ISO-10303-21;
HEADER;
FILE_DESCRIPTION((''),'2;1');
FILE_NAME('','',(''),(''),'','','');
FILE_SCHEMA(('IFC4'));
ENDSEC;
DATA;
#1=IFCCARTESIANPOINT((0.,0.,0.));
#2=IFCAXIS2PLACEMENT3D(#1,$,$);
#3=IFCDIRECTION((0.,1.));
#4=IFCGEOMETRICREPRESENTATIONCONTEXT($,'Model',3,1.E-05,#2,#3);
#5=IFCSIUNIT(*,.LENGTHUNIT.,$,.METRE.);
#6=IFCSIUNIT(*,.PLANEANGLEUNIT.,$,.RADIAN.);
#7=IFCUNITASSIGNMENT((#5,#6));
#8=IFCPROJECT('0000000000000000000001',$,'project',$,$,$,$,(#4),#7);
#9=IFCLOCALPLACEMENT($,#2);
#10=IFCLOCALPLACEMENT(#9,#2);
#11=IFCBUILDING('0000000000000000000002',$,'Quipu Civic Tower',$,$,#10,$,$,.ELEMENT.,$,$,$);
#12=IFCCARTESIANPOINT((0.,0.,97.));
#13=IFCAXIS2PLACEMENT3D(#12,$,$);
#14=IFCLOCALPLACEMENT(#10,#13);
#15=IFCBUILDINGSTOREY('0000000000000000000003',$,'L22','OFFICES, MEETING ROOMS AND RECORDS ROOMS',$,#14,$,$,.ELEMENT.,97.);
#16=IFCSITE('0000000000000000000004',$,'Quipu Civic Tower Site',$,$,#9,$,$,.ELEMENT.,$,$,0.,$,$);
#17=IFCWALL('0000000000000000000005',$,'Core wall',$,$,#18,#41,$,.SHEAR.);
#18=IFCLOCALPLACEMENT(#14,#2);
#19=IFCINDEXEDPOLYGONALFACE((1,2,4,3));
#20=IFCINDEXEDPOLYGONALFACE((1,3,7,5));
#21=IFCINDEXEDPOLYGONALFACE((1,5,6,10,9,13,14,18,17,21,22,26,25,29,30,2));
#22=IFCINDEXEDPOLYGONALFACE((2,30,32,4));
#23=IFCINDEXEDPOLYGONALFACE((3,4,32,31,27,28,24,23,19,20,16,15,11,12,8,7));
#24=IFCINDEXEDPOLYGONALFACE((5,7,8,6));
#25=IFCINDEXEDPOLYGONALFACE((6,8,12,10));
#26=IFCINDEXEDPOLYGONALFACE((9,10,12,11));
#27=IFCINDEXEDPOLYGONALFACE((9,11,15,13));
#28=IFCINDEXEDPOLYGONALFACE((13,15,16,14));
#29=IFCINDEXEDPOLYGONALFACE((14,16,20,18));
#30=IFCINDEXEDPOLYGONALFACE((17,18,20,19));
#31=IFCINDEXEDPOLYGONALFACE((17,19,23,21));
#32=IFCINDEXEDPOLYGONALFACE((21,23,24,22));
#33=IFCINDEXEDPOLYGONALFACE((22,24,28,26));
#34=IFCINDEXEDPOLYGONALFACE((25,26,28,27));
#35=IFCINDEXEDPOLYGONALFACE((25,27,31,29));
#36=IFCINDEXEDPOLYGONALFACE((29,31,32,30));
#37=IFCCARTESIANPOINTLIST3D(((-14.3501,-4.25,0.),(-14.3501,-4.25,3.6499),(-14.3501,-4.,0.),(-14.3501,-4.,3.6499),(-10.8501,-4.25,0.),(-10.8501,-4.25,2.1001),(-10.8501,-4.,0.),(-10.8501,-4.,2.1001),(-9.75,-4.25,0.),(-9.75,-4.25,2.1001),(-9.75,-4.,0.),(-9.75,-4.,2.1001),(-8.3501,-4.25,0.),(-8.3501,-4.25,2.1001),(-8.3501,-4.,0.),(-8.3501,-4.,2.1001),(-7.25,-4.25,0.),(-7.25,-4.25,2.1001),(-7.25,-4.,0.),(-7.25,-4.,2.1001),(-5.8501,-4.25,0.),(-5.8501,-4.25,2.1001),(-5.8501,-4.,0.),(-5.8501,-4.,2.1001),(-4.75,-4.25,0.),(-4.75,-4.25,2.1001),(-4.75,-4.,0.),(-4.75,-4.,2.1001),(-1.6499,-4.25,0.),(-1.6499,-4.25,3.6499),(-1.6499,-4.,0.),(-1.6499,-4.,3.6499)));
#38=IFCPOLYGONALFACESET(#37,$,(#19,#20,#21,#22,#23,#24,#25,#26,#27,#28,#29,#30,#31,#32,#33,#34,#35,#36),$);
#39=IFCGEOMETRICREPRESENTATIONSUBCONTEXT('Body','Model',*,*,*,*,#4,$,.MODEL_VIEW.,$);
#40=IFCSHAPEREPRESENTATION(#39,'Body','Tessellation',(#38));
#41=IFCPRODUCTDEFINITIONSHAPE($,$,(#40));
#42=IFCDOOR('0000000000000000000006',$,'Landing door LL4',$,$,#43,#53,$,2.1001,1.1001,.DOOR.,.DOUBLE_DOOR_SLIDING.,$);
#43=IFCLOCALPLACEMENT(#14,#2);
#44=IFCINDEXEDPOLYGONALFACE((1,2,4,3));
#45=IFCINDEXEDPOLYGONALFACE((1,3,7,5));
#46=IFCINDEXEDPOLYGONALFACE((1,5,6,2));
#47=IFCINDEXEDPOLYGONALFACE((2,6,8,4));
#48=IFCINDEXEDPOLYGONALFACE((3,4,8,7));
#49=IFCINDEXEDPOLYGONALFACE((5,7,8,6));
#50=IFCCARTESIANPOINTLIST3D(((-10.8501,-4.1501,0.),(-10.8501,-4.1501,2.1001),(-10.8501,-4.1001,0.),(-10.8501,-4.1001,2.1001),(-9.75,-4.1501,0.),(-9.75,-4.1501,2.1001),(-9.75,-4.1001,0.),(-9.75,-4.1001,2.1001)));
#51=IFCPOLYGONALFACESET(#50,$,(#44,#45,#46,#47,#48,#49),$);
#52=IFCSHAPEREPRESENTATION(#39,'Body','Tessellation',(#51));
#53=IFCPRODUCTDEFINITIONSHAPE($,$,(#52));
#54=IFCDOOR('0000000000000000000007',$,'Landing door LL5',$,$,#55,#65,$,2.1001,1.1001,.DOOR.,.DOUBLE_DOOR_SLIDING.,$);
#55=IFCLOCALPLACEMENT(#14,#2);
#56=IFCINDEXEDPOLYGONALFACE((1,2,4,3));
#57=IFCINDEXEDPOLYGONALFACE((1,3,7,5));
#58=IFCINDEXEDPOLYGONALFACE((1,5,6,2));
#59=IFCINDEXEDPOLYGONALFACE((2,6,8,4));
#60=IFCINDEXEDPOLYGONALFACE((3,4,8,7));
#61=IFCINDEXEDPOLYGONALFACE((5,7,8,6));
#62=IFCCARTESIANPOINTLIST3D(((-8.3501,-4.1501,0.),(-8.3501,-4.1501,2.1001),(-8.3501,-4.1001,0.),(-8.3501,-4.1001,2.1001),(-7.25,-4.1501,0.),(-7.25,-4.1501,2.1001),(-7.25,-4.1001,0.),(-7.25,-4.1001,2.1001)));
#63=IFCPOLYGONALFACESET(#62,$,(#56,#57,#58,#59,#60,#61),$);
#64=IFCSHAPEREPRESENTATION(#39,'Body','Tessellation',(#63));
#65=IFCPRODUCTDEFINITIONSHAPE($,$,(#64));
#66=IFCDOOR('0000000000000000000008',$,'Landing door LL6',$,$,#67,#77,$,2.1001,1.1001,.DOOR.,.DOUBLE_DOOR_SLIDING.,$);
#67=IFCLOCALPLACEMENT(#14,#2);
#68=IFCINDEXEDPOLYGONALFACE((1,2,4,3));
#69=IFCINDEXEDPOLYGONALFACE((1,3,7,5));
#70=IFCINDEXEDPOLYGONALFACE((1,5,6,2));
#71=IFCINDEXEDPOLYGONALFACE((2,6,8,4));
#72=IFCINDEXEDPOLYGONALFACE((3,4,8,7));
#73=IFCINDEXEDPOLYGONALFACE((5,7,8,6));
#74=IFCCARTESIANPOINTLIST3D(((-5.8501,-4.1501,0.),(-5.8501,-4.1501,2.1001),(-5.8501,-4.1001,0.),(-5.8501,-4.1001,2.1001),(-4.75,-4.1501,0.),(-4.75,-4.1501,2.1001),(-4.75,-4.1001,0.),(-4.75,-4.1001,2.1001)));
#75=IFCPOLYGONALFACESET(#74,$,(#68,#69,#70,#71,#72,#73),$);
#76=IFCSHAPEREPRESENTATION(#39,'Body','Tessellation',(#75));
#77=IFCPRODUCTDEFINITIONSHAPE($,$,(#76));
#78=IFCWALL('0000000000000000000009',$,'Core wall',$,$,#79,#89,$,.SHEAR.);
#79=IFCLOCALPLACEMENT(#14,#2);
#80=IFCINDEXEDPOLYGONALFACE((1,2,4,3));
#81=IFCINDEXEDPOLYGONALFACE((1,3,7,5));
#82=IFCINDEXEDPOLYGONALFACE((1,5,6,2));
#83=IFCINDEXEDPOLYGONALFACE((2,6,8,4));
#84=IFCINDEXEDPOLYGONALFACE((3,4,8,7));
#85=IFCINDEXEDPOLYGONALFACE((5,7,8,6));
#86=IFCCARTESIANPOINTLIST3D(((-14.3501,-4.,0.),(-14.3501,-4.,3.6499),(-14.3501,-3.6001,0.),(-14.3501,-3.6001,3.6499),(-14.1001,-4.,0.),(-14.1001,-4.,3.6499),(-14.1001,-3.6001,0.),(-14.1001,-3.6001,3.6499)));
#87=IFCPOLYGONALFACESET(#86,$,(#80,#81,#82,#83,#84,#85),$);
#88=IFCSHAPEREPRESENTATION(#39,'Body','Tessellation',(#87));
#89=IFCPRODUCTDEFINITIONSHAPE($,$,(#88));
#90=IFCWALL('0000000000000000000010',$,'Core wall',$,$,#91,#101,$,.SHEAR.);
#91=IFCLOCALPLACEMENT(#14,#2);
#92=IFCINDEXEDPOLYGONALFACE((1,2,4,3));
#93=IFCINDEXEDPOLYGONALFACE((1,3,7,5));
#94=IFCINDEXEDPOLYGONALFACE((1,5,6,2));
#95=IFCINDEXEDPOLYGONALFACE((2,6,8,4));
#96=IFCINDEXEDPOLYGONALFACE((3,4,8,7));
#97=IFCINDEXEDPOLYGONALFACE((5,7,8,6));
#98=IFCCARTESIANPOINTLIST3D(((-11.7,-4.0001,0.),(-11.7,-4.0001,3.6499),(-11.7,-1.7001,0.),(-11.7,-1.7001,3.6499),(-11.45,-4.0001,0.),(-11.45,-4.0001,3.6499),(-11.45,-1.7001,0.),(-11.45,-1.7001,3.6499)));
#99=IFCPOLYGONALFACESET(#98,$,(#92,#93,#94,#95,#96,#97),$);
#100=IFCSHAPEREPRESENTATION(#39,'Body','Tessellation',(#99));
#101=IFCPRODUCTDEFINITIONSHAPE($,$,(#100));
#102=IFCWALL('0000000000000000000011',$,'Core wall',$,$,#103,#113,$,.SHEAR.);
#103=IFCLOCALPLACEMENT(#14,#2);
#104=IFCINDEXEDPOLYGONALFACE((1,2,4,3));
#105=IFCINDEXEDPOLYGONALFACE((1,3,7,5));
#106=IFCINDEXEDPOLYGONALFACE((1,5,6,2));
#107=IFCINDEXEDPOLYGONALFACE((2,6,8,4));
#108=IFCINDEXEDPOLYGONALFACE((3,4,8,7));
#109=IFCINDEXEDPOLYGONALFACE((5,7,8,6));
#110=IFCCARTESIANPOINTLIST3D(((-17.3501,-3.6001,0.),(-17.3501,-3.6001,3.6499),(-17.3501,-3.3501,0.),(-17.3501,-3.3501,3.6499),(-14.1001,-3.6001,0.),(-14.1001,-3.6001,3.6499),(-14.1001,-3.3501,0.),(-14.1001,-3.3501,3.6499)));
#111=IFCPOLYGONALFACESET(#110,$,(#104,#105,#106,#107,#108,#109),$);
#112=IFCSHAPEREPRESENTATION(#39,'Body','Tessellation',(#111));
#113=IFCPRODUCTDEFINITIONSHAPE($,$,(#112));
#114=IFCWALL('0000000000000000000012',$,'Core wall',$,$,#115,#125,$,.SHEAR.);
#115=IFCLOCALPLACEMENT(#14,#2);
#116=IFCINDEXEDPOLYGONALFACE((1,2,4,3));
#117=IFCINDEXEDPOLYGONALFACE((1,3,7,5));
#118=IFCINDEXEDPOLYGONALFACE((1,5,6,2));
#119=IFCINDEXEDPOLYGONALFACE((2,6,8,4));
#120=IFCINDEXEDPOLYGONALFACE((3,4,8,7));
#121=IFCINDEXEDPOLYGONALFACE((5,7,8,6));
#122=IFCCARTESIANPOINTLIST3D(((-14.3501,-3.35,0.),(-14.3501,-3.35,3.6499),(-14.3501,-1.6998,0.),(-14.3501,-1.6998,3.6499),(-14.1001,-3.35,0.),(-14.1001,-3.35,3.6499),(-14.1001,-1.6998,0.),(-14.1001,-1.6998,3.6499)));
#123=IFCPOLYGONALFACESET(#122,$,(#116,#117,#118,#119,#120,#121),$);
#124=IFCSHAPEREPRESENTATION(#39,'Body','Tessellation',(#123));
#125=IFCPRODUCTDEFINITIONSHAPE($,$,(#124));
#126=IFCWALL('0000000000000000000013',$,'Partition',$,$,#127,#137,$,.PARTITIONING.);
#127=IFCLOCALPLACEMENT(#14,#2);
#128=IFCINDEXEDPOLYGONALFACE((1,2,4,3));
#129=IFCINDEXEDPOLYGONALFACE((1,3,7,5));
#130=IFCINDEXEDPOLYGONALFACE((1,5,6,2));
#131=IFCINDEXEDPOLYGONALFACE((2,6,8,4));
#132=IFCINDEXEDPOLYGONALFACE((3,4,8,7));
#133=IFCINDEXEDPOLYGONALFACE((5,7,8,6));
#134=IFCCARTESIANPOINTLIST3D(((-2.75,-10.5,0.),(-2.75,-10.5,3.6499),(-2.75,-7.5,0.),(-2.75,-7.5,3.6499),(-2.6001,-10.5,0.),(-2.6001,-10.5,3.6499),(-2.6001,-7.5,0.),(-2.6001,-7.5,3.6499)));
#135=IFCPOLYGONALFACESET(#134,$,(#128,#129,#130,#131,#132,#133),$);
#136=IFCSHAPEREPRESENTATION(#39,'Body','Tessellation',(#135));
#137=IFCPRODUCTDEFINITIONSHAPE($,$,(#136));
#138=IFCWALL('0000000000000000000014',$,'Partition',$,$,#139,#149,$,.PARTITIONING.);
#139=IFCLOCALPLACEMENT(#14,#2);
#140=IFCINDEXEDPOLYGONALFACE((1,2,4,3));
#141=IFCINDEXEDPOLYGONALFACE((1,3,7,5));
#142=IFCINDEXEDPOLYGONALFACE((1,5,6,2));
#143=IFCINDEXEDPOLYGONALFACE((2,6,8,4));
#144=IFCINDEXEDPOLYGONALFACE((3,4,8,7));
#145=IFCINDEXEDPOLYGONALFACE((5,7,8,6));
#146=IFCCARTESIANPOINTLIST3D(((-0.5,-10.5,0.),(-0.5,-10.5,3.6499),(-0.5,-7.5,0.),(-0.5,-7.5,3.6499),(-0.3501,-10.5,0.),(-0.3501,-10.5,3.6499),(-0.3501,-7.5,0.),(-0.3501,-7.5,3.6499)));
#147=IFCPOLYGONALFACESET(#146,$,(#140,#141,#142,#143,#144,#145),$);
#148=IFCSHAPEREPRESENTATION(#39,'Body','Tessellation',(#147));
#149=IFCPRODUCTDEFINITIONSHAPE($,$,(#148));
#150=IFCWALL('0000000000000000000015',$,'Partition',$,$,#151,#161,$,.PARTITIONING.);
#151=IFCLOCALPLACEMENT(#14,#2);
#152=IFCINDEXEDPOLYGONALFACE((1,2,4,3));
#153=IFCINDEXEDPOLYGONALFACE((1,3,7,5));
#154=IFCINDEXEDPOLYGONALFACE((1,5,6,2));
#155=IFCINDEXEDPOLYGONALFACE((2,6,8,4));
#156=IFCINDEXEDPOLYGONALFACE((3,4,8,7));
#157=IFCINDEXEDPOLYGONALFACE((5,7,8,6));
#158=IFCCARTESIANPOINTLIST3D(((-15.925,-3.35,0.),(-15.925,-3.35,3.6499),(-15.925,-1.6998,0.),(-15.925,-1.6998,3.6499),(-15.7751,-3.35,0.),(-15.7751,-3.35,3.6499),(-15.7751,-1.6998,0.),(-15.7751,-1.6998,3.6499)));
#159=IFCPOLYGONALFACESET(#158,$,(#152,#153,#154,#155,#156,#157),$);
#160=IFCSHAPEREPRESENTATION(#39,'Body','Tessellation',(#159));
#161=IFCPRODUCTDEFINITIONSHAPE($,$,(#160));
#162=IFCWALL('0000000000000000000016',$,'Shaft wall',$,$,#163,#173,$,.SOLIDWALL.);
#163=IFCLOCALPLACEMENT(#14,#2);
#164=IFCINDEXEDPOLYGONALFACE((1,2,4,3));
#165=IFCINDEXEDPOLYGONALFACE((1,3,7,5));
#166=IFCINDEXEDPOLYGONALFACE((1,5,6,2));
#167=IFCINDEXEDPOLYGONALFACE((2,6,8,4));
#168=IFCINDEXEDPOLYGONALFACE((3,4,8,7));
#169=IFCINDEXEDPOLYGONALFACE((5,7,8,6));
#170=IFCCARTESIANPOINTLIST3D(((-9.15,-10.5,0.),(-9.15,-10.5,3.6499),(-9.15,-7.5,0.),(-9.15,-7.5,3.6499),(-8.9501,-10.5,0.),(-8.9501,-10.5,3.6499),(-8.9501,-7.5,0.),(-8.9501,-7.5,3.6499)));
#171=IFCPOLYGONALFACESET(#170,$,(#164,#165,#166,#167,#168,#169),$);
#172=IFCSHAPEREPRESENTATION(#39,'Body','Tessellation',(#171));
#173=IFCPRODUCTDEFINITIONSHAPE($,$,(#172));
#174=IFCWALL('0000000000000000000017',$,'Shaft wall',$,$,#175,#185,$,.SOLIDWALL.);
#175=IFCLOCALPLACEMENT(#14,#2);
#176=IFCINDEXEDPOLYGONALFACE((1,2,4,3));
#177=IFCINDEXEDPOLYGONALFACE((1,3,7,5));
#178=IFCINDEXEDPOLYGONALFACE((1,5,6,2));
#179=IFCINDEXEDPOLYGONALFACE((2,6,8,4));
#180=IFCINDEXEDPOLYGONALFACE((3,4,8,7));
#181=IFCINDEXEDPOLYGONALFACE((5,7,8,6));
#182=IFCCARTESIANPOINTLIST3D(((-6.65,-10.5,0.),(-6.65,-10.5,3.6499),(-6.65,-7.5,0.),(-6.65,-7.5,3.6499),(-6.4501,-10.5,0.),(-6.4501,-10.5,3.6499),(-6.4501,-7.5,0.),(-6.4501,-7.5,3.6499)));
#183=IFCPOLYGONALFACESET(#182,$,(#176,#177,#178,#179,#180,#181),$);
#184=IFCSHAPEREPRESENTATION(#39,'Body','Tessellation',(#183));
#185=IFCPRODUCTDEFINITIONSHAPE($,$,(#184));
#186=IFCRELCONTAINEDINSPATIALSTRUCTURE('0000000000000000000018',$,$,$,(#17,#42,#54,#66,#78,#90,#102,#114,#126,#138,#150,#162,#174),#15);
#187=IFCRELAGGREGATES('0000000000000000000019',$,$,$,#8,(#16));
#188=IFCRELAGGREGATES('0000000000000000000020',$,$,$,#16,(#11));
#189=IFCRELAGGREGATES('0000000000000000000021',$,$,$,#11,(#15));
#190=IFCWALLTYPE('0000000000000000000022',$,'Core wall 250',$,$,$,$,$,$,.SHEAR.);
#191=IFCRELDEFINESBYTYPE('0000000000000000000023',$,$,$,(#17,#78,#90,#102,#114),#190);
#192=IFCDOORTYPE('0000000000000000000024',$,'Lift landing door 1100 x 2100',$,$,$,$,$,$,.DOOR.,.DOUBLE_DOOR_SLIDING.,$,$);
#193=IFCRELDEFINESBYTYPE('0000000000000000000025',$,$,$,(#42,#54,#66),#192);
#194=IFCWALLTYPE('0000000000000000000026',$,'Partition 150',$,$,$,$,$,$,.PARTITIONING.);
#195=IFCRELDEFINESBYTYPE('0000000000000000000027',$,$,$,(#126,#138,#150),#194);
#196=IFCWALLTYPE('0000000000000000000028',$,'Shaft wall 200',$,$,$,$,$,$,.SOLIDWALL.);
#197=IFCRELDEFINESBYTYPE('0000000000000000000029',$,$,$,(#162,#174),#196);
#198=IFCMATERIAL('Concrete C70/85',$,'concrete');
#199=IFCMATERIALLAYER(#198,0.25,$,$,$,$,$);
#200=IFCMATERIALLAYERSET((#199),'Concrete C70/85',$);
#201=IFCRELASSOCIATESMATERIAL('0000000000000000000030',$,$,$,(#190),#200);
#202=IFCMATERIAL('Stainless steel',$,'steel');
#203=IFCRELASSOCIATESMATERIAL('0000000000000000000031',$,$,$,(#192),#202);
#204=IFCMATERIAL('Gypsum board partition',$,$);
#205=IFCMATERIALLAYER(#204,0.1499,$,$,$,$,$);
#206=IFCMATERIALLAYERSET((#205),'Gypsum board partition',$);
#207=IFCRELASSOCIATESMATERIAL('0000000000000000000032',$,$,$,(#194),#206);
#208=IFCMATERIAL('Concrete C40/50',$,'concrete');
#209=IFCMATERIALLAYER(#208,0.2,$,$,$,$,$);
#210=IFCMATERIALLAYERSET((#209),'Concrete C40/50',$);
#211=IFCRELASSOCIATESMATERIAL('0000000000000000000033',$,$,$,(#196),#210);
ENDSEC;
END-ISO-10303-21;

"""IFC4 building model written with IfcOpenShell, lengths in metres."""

from ifc_helpers import new_model, si_unit, direction, frame, frame_2d, origin, place, context, subcontext, project, spatial, rectangle, extrude, material, layer, layer_set, type_object, element, fill, save


model = new_model("IFC4")

# Units and contexts
model_context = context("Model", 3, precision=1e-05, world=origin(), true_north=direction((0.0, 1.0)))
body_context = subcontext(model_context, "Body", "Model", "MODEL_VIEW")
ifc_project = project(units=[si_unit("LENGTHUNIT", "METRE"), si_unit("PLANEANGLEUNIT", "RADIAN")], contexts=[model_context])

# Site, building, storey
site_placement = place(None, origin())
site = spatial("IfcSite", under=ifc_project, at=site_placement, Name="Quipu Civic Tower Site", CompositionType="ELEMENT", RefElevation=0.0)
building_placement = place(site_placement, origin())
building = spatial("IfcBuilding", under=site, at=building_placement, Name="Quipu Civic Tower", CompositionType="ELEMENT")
storey_placement = place(building_placement, frame((0.0, 0.0, 97.0)))
storey = spatial("IfcBuildingStorey", under=building, at=storey_placement, Name="L22", Description="OFFICES, MEETING ROOMS AND RECORDS ROOMS", CompositionType="ELEMENT", Elevation=97.0)

# Shared definitions
ifc_material_1 = material(Name="Concrete C70/85", Category="concrete")
ifc_layer_1 = layer(ifc_material_1, 0.25)
ifc_layer_set_1 = layer_set([ifc_layer_1], Name="Concrete C70/85")
wall_type_1 = type_object("IfcWallType", Name="Core wall 250", PredefinedType="SHEAR", material=ifc_layer_set_1)

# Wall, openings, doors
wall_1_placement = place(storey_placement, frame((-14.3501, -4.125, 0.0), z_axis=(0.0, 0.0, 1.0), x_axis=(1.0, 0.0, 0.0)))
wall_1 = element("IfcWall", 1, at=wall_1_placement, inside=storey, type_object=wall_type_1, Name="Core wall", PredefinedType="SHEAR", context=body_context, shape_type="SweptSolid", body=[
    extrude(rectangle(XDim=12.7002, YDim=0.25, at=frame_2d((6.3501, 0.0))), origin(), (0.0, 0.0, 1.0), 3.6499),
])
opening_1_placement = place(wall_1_placement, frame((3.5, 0.0, 0.0)))
opening_1 = element("IfcOpeningElement", 2, at=opening_1_placement, cuts=wall_1, PredefinedType="OPENING", context=body_context, shape_type="SweptSolid", body=[
    extrude(rectangle(XDim=1.1001, YDim=2.1001, at=frame_2d((0.55, 1.05))), frame((0.0, 0.135, 0.0), z_axis=(0.0, -1.0, 0.0), x_axis=(1.0, 0.0, 0.0)), (0.0, 0.0, 1.0), 0.27),
])
opening_2_placement = place(wall_1_placement, frame((6.0, 0.0, 0.0)))
opening_2 = element("IfcOpeningElement", 3, at=opening_2_placement, cuts=wall_1, PredefinedType="OPENING", context=body_context, shape_type="SweptSolid", body=[
    extrude(rectangle(XDim=1.1001, YDim=2.1001, at=frame_2d((0.55, 1.05))), frame((0.0, 0.135, 0.0), z_axis=(0.0, -1.0, 0.0), x_axis=(1.0, 0.0, 0.0)), (0.0, 0.0, 1.0), 0.27),
])
opening_3_placement = place(wall_1_placement, frame((8.5, 0.0, 0.0)))
opening_3 = element("IfcOpeningElement", 4, at=opening_3_placement, cuts=wall_1, PredefinedType="OPENING", context=body_context, shape_type="SweptSolid", body=[
    extrude(rectangle(XDim=1.1001, YDim=2.1001, at=frame_2d((0.55, 1.05))), frame((0.0, 0.135, 0.0), z_axis=(0.0, -1.0, 0.0), x_axis=(1.0, 0.0, 0.0)), (0.0, 0.0, 1.0), 0.27),
])
ifc_material_2 = material(Name="Stainless steel", Category="steel")
door_type_1 = type_object("IfcDoorType", Name="Lift landing door 1100 x 2100", OperationType="DOUBLE_DOOR_SLIDING", PredefinedType="DOOR", material=ifc_material_2)
door_1_placement = place(opening_1_placement, origin())
door_1 = element("IfcDoor", 5, at=door_1_placement, inside=storey, type_object=door_type_1, Name="Landing door LL4", OperationType="DOUBLE_DOOR_SLIDING", OverallHeight=2.1001, OverallWidth=1.1001, PredefinedType="DOOR", context=body_context, shape_type="SweptSolid", body=[
    extrude(rectangle(XDim=1.1001, YDim=2.1001, at=frame_2d((0.55, 1.05))), frame((0.0, 0.0249, 0.0), z_axis=(0.0, -1.0, 0.0), x_axis=(1.0, 0.0, 0.0)), (0.0, 0.0, 1.0), 0.05),
])
fill(opening_1, door_1)
door_2_placement = place(opening_2_placement, origin())
door_2 = element("IfcDoor", 6, at=door_2_placement, inside=storey, type_object=door_type_1, Name="Landing door LL5", OperationType="DOUBLE_DOOR_SLIDING", OverallHeight=2.1001, OverallWidth=1.1001, PredefinedType="DOOR", context=body_context, shape_type="SweptSolid", body=[
    extrude(rectangle(XDim=1.1001, YDim=2.1001, at=frame_2d((0.55, 1.05))), frame((0.0, 0.0249, 0.0), z_axis=(0.0, -1.0, 0.0), x_axis=(1.0, 0.0, 0.0)), (0.0, 0.0, 1.0), 0.05),
])
fill(opening_2, door_2)
door_3_placement = place(opening_3_placement, origin())
door_3 = element("IfcDoor", 7, at=door_3_placement, inside=storey, type_object=door_type_1, Name="Landing door LL6", OperationType="DOUBLE_DOOR_SLIDING", OverallHeight=2.1001, OverallWidth=1.1001, PredefinedType="DOOR", context=body_context, shape_type="SweptSolid", body=[
    extrude(rectangle(XDim=1.1001, YDim=2.1001, at=frame_2d((0.55, 1.05))), frame((0.0, 0.0249, 0.0), z_axis=(0.0, -1.0, 0.0), x_axis=(1.0, 0.0, 0.0)), (0.0, 0.0, 1.0), 0.05),
])
fill(opening_3, door_3)

# Walls
wall_2_placement = place(storey_placement, frame((-14.2251, -4.0, 0.0), z_axis=(0.0, 0.0, 1.0), x_axis=(0.0, 1.0, 0.0)))
element("IfcWall", 8, at=wall_2_placement, inside=storey, type_object=wall_type_1, Name="Core wall", PredefinedType="SHEAR", context=body_context, shape_type="SweptSolid", body=[
    extrude(rectangle(XDim=0.3999, YDim=0.25, at=frame_2d((0.2, 0.0))), origin(), (0.0, 0.0, 1.0), 3.6499),
])
wall_3_placement = place(storey_placement, frame((-11.575, -4.0, 0.0), z_axis=(0.0, 0.0, 1.0), x_axis=(0.0, 1.0, 0.0)))
element("IfcWall", 9, at=wall_3_placement, inside=storey, type_object=wall_type_1, Name="Core wall", PredefinedType="SHEAR", context=body_context, shape_type="SweptSolid", body=[
    extrude(rectangle(XDim=2.3, YDim=0.25, at=frame_2d((1.1499, 0.0))), origin(), (0.0, 0.0, 1.0), 3.6499),
])
wall_4_placement = place(storey_placement, frame((-17.3501, -3.4751, 0.0), z_axis=(0.0, 0.0, 1.0), x_axis=(1.0, 0.0, 0.0)))
element("IfcWall", 10, at=wall_4_placement, inside=storey, type_object=wall_type_1, Name="Core wall", PredefinedType="SHEAR", context=body_context, shape_type="SweptSolid", body=[
    extrude(rectangle(XDim=3.25, YDim=0.25, at=frame_2d((1.625, 0.0))), origin(), (0.0, 0.0, 1.0), 3.6499),
])
wall_5_placement = place(storey_placement, frame((-14.2251, -3.3501, 0.0), z_axis=(0.0, 0.0, 1.0), x_axis=(0.0, 1.0, 0.0)))
element("IfcWall", 11, at=wall_5_placement, inside=storey, type_object=wall_type_1, Name="Core wall", PredefinedType="SHEAR", context=body_context, shape_type="SweptSolid", body=[
    extrude(rectangle(XDim=1.6501, YDim=0.25, at=frame_2d((0.8252, 0.0))), origin(), (0.0, 0.0, 1.0), 3.6499),
])
ifc_material_3 = material(Name="Gypsum board partition")
ifc_layer_2 = layer(ifc_material_3, 0.1499)
ifc_layer_set_2 = layer_set([ifc_layer_2], Name="Gypsum board partition")
wall_type_2 = type_object("IfcWallType", Name="Partition 150", PredefinedType="PARTITIONING", material=ifc_layer_set_2)
for number, where, z_axis, x_axis, name in (
    (12, (-2.675, -10.5, 0.0), (0.0, 0.0, 1.0), (0.0, 1.0, 0.0), "Partition"),
    (13, (-0.425, -10.5, 0.0), (0.0, 0.0, 1.0), (0.0, 1.0, 0.0), "Partition"),
):
    element("IfcWall", number, at=place(storey_placement, frame(where, z_axis=z_axis, x_axis=x_axis)), inside=storey, type_object=wall_type_2, Name=name, PredefinedType="PARTITIONING", context=body_context, shape_type="SweptSolid", body=[
        extrude(rectangle(XDim=3.0, YDim=0.1499, at=frame_2d((1.5, 0.0))), origin(), (0.0, 0.0, 1.0), 3.6499),
    ])
wall_6_placement = place(storey_placement, frame((-15.8501, -3.3501, 0.0), z_axis=(0.0, 0.0, 1.0), x_axis=(0.0, 1.0, 0.0)))
element("IfcWall", 14, at=wall_6_placement, inside=storey, type_object=wall_type_2, Name="Partition", PredefinedType="PARTITIONING", context=body_context, shape_type="SweptSolid", body=[
    extrude(rectangle(XDim=1.6501, YDim=0.1499, at=frame_2d((0.8252, 0.0))), origin(), (0.0, 0.0, 1.0), 3.6499),
])
ifc_material_4 = material(Name="Concrete C40/50", Category="concrete")
ifc_layer_3 = layer(ifc_material_4, 0.2)
ifc_layer_set_3 = layer_set([ifc_layer_3], Name="Concrete C40/50")
wall_type_3 = type_object("IfcWallType", Name="Shaft wall 200", PredefinedType="SOLIDWALL", material=ifc_layer_set_3)
for number, where, z_axis, x_axis, name in (
    (15, (-9.05, -10.5, 0.0), (0.0, 0.0, 1.0), (0.0, 1.0, 0.0), "Shaft wall"),
    (16, (-6.55, -10.5, 0.0), (0.0, 0.0, 1.0), (0.0, 1.0, 0.0), "Shaft wall"),
):
    element("IfcWall", number, at=place(storey_placement, frame(where, z_axis=z_axis, x_axis=x_axis)), inside=storey, type_object=wall_type_3, Name=name, PredefinedType="SOLIDWALL", context=body_context, shape_type="SweptSolid", body=[
        extrude(rectangle(XDim=3.0, YDim=0.2, at=frame_2d((1.5, 0.0))), origin(), (0.0, 0.0, 1.0), 3.6499),
    ])

save(model, "model.ifc")
